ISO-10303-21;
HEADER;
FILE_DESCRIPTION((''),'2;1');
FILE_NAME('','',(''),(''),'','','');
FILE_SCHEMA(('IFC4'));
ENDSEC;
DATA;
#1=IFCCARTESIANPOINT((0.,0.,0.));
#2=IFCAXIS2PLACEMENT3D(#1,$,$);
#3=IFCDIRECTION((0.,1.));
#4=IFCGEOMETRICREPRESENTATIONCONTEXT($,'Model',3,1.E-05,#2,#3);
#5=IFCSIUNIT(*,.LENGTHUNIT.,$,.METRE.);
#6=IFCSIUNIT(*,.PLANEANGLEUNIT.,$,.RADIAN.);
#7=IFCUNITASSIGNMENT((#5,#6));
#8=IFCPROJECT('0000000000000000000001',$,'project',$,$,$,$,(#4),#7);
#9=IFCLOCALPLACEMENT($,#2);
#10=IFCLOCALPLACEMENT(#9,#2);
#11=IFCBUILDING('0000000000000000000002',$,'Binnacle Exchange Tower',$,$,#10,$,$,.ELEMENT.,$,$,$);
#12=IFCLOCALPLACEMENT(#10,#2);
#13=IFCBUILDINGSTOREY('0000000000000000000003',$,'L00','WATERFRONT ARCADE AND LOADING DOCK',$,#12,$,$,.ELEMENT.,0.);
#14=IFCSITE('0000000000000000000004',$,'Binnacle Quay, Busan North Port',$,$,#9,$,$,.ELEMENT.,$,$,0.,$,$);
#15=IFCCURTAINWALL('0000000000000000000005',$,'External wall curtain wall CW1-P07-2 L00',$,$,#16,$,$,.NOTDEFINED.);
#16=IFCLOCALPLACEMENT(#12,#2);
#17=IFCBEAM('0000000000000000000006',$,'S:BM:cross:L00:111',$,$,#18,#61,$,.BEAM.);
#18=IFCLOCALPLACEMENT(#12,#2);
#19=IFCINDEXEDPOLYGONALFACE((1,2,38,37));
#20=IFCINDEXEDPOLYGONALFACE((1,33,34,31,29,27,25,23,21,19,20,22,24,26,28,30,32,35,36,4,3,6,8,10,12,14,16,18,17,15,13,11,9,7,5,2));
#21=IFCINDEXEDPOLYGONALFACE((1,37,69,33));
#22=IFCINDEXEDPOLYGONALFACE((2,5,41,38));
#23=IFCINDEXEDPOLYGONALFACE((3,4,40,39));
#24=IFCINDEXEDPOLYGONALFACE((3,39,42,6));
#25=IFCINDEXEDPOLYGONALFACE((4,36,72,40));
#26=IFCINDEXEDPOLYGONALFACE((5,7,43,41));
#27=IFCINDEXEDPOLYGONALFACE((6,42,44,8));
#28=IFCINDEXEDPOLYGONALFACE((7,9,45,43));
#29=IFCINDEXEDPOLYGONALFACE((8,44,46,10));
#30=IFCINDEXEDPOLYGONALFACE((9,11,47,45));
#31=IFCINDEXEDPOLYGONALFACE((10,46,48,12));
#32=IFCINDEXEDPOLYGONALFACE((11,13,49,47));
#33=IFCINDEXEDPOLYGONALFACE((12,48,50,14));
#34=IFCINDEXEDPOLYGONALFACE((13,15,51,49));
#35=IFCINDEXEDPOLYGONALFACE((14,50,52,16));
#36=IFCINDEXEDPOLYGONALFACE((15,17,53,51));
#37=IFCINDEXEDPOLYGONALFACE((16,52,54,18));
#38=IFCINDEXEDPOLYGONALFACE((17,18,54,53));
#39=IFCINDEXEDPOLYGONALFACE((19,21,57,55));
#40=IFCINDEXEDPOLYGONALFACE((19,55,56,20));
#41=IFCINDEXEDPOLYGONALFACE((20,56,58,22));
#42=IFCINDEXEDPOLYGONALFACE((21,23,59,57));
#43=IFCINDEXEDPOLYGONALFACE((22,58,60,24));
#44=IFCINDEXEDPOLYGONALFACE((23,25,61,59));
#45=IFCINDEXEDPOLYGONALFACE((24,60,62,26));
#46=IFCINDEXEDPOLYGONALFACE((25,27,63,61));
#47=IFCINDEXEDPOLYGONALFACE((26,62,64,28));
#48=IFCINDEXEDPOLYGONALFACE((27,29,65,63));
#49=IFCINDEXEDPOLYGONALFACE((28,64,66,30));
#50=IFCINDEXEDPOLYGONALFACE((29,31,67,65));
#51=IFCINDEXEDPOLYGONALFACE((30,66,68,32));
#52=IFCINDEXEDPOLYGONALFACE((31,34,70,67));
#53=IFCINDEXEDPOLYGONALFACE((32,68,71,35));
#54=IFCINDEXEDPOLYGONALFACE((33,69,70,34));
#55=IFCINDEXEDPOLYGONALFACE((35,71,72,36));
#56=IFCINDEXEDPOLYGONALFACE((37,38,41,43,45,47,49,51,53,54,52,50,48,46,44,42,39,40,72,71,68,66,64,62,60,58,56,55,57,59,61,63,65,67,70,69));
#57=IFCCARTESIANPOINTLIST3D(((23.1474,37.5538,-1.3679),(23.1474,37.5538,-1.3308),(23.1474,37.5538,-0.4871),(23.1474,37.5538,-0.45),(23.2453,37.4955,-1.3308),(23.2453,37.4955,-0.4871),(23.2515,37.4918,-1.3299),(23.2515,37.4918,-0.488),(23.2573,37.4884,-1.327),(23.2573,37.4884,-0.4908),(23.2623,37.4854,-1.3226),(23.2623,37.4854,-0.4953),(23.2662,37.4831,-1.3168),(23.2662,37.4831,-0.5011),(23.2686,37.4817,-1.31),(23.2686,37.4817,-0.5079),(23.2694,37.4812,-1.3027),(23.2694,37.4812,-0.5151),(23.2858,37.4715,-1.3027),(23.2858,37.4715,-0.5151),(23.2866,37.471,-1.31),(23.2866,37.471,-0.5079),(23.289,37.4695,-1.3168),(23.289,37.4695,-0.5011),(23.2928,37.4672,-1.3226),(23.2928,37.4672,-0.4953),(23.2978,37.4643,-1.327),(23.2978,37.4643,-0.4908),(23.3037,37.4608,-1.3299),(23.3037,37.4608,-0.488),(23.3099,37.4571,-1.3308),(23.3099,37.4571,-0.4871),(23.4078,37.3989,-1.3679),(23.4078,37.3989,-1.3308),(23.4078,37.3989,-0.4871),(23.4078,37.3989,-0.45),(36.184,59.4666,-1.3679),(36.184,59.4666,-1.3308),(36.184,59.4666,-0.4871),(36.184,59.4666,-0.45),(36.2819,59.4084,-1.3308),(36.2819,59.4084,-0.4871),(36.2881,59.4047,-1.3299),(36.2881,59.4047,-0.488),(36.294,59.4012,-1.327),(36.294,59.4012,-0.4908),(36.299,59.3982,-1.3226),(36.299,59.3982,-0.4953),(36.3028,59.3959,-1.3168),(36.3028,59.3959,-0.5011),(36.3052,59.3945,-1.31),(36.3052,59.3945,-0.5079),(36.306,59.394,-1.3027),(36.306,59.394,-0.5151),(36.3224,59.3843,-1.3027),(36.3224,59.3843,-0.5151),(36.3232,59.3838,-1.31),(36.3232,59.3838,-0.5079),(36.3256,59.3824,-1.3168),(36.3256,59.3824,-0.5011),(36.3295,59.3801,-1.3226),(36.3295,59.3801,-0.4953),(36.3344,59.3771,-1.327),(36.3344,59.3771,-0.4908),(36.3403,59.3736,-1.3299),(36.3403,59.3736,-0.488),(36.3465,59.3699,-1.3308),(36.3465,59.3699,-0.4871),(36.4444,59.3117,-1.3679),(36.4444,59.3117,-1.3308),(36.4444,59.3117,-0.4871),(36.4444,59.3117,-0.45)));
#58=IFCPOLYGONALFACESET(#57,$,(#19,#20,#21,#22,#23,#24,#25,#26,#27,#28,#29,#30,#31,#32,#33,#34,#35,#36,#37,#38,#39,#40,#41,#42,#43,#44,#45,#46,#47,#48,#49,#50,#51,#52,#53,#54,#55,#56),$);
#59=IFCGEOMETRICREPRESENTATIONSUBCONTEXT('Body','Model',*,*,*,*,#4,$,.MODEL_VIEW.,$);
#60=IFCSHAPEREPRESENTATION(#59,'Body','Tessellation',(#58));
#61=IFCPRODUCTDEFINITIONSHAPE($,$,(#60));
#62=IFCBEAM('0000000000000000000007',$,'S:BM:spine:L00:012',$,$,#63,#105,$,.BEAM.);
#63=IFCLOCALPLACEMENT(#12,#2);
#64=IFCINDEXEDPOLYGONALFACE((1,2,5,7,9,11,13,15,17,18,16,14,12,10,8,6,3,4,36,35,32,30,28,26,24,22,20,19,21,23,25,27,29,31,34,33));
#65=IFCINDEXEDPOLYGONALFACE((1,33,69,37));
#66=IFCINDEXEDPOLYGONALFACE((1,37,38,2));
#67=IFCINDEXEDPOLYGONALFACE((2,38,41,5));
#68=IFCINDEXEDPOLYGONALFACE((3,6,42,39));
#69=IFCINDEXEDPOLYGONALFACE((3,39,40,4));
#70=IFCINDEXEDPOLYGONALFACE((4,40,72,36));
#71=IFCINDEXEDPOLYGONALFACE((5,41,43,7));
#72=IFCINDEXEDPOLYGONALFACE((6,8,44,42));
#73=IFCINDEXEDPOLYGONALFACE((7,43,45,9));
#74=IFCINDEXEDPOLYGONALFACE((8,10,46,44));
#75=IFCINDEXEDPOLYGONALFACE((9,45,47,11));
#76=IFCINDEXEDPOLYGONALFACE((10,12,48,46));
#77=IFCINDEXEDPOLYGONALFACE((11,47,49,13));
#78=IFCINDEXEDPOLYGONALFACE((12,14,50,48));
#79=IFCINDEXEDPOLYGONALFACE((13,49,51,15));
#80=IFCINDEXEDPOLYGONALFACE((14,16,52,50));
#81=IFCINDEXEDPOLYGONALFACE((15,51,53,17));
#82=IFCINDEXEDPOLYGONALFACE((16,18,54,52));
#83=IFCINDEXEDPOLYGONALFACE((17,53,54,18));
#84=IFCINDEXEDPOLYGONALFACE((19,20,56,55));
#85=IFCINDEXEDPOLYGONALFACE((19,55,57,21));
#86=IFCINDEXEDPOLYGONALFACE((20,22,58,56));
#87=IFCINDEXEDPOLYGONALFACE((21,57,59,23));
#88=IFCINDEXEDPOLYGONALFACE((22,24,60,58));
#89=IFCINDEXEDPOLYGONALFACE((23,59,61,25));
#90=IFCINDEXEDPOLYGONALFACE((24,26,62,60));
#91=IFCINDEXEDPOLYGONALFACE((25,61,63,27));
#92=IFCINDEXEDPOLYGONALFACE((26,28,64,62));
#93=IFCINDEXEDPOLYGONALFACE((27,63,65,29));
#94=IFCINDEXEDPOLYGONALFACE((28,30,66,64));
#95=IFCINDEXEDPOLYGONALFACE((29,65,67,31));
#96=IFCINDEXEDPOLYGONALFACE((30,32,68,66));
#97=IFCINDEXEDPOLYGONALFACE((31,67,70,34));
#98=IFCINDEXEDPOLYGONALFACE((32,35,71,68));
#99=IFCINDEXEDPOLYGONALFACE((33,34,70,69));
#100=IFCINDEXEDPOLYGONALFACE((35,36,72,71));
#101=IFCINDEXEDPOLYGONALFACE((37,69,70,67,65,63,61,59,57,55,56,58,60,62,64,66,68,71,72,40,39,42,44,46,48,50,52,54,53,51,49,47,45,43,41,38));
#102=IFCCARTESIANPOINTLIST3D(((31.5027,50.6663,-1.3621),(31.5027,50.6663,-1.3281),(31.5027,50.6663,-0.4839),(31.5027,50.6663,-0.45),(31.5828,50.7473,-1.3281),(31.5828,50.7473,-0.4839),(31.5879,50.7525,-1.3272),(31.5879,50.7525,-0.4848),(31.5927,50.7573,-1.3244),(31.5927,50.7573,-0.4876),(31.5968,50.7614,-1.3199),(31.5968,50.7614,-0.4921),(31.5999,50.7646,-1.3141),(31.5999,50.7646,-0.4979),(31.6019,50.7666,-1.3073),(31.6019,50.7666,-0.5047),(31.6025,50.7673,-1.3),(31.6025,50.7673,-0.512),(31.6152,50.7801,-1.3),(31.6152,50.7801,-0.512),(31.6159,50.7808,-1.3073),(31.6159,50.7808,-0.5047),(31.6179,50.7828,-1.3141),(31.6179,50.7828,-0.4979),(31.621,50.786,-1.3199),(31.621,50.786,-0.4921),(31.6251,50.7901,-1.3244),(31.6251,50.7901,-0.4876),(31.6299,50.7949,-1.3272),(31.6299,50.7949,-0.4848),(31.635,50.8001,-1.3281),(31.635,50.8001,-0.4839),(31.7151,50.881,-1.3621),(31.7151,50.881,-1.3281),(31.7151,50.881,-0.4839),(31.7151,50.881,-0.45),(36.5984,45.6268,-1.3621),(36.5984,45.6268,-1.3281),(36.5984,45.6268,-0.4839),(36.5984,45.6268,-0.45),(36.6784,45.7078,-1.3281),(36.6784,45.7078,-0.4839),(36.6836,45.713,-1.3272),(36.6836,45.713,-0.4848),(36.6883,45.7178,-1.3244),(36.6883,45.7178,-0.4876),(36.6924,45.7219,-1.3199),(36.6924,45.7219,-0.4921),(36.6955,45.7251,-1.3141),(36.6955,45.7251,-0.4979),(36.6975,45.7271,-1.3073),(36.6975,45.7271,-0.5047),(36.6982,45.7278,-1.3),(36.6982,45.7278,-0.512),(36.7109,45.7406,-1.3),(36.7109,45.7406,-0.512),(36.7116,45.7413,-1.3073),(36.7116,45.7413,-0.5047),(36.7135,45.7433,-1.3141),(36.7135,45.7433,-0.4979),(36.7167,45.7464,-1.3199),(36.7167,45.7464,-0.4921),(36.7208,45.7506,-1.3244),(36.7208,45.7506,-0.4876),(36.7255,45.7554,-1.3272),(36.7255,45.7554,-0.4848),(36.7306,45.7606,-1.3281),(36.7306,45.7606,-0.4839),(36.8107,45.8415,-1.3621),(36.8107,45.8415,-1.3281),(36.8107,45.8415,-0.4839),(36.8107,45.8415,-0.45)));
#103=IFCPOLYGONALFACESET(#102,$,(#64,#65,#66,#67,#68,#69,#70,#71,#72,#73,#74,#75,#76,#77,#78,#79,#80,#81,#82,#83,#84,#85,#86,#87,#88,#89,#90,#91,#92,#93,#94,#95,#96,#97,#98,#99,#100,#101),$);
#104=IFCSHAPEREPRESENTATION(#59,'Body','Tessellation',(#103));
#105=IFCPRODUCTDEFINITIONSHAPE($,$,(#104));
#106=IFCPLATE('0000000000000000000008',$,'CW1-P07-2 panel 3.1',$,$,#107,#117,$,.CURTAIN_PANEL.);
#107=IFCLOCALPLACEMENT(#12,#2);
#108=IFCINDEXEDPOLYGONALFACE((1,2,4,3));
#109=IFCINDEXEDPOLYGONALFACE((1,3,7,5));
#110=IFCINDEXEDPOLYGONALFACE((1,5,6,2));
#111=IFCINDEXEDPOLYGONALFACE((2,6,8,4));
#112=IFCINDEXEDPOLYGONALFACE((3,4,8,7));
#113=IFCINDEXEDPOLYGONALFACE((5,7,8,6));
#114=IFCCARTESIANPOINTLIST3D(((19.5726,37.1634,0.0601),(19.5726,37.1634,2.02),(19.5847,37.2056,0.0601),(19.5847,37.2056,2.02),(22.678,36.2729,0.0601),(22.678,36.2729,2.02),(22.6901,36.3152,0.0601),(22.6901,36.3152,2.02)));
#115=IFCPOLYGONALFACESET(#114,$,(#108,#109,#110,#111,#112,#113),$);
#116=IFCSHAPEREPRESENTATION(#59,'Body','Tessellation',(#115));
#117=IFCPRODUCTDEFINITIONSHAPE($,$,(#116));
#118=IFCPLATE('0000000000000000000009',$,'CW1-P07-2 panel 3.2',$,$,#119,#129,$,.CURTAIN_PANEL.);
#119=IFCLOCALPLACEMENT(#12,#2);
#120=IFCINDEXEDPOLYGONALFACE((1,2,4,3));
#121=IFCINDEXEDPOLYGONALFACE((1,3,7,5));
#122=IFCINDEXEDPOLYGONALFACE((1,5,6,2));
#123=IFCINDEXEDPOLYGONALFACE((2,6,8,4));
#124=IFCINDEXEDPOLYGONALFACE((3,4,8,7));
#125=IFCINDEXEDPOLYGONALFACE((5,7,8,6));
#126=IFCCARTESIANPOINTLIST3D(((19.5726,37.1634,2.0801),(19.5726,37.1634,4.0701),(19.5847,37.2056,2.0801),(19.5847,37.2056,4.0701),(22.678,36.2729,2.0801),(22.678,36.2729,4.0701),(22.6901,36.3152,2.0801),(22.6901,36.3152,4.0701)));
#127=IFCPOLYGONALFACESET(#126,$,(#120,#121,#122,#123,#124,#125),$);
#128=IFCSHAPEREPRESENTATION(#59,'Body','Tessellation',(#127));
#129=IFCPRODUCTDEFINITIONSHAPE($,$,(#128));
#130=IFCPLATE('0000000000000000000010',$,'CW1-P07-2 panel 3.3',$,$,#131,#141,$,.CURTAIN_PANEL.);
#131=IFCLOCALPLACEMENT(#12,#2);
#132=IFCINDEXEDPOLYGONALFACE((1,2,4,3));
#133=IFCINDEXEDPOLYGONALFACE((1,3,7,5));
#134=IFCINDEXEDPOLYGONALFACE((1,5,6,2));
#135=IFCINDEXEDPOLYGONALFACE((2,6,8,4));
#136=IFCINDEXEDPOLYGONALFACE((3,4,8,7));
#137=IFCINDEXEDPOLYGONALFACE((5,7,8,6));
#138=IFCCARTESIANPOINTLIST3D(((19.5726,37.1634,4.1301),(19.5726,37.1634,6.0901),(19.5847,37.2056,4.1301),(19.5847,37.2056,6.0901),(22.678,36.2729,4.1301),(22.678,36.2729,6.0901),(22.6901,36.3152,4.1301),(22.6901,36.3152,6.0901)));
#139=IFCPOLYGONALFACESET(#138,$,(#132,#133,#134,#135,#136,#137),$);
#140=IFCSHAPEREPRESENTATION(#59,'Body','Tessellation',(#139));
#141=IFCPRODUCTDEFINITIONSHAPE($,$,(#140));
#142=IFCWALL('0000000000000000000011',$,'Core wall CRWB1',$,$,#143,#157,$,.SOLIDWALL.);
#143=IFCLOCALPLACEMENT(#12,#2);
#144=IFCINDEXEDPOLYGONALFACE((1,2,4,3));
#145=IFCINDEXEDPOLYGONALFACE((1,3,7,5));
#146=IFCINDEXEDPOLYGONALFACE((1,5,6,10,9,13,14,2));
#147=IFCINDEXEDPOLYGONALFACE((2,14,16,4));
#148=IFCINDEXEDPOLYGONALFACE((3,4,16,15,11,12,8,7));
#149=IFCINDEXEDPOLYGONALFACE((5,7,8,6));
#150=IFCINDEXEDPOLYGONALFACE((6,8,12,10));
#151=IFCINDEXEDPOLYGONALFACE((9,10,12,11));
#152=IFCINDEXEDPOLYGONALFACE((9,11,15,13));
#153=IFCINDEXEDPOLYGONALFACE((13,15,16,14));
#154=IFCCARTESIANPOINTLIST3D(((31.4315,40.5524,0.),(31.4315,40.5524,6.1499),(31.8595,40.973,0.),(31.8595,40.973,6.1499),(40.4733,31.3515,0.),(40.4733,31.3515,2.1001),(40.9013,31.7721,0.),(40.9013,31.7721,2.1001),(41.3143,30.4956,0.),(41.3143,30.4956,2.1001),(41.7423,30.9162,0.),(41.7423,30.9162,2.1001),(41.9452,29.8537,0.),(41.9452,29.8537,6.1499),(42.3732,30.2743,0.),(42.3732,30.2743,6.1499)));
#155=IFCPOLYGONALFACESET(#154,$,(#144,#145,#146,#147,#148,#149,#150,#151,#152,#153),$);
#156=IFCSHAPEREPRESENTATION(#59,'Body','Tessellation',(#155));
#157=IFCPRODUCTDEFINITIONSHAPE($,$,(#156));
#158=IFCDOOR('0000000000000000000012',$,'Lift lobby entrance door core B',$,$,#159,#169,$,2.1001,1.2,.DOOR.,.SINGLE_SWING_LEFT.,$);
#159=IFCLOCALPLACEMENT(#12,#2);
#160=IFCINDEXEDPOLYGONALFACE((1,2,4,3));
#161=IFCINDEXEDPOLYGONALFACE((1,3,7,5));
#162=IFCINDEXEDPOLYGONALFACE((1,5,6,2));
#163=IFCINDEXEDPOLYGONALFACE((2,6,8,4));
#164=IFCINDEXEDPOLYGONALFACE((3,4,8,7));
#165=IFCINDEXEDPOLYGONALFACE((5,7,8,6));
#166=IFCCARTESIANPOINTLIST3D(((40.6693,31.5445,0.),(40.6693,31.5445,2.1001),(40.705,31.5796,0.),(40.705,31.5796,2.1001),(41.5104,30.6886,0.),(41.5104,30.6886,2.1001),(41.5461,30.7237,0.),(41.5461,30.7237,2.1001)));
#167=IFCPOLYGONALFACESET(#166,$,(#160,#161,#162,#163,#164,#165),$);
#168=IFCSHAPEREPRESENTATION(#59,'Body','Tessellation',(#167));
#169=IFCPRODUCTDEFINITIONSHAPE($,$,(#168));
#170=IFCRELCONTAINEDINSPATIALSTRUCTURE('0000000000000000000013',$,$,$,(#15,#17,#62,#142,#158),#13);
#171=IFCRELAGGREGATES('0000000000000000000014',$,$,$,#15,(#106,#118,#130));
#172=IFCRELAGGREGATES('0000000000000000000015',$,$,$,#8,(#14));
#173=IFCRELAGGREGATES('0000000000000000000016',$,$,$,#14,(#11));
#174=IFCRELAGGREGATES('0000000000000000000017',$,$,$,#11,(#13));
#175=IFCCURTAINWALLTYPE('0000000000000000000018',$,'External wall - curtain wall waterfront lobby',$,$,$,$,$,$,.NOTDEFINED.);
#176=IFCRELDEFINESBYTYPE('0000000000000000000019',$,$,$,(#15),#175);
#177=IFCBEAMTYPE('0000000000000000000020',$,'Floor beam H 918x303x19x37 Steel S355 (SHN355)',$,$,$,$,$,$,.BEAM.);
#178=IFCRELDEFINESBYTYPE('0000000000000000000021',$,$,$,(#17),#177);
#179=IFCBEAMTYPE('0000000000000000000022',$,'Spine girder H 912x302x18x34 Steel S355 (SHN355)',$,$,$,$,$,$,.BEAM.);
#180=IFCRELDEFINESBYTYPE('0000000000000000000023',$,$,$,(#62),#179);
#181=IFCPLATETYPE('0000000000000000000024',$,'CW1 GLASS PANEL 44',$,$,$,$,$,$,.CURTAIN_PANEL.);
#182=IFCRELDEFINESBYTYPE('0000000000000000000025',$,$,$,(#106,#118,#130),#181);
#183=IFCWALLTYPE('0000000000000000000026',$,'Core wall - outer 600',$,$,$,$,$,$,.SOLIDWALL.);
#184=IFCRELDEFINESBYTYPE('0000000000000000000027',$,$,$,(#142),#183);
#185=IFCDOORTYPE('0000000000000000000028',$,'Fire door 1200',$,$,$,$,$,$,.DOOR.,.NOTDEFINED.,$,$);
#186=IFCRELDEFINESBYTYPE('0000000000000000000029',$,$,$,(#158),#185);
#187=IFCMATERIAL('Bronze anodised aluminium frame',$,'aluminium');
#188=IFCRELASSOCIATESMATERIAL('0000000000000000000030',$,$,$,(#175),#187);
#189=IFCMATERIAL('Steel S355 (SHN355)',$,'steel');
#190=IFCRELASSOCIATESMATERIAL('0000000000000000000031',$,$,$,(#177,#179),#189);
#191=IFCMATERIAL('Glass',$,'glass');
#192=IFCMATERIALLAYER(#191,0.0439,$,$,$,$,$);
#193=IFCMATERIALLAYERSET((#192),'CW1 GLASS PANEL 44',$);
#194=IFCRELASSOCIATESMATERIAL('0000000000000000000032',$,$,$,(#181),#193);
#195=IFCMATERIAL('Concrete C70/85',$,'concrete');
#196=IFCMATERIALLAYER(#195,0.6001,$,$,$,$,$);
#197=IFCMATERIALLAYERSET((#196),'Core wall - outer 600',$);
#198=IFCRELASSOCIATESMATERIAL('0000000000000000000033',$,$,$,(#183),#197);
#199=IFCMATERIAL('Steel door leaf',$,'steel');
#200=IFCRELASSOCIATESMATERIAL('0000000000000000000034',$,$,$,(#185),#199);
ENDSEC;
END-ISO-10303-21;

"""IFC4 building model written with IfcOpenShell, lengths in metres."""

from ifc_helpers import new_model, si_unit, direction, frame, frame_2d, origin, origin_2d, place, context, subcontext, project, spatial, rectangle, i_section, extrude, material, layer, layer_set, material_profile, profile_set, type_object, element, fill, aggregate, save


model = new_model("IFC4")

# Units and contexts
model_context = context("Model", 3, precision=1e-05, world=origin(), true_north=direction((0.0, 1.0)))
body_context = subcontext(model_context, "Body", "Model", "MODEL_VIEW")
ifc_project = project(units=[si_unit("LENGTHUNIT", "METRE"), si_unit("PLANEANGLEUNIT", "RADIAN")], contexts=[model_context])

# Site, building, storey
site_placement = place(None, origin())
site = spatial("IfcSite", under=ifc_project, at=site_placement, Name="Binnacle Quay, Busan North Port", CompositionType="ELEMENT", RefElevation=0.0)
building_placement = place(site_placement, origin())
building = spatial("IfcBuilding", under=site, at=building_placement, Name="Binnacle Exchange Tower", CompositionType="ELEMENT")
storey_placement = place(building_placement, origin())
storey = spatial("IfcBuildingStorey", under=building, at=storey_placement, Name="L00", Description="WATERFRONT ARCADE AND LOADING DOCK", CompositionType="ELEMENT", Elevation=0.0)

# Shared definitions
ifc_material_1 = material(Name="Concrete C70/85", Category="concrete")

# Curtain wall
ifc_material_2 = material(Name="Bronze anodised aluminium frame", Category="aluminium")
curtain_wall_type = type_object("IfcCurtainWallType", Name="External wall - curtain wall waterfront lobby", PredefinedType="NOTDEFINED", material=ifc_material_2)
curtain_wall_placement = place(storey_placement, origin())
curtain_wall = element("IfcCurtainWall", 1, at=curtain_wall_placement, inside=storey, type_object=curtain_wall_type, Name="External wall curtain wall CW1-P07-2 L00", PredefinedType="NOTDEFINED")

# Beams
ifc_material_3 = material(Name="Steel S355 (SHN355)", Category="steel")
ifc_material_profile_1 = material_profile(ifc_material_3, i_section(OverallWidth=0.303, OverallDepth=0.918, WebThickness=0.019, FlangeThickness=0.0371, FilletRadius=0.0281, at=origin_2d()), Name="H 918x303x19x37")
ifc_profile_set_1 = profile_set([ifc_material_profile_1], Name="Steel S355 (SHN355)")
beam_type_1 = type_object("IfcBeamType", Name="Floor beam H 918x303x19x37 Steel S355 (SHN355)", PredefinedType="BEAM", material=ifc_profile_set_1)
beam_1_placement = place(storey_placement, frame((23.2776, 37.4763, -0.9089), z_axis=(0.511289, 0.859409, 0.0), x_axis=(-0.859409, 0.511289, 0.0)))
element("IfcBeam", 2, at=beam_1_placement, inside=storey, type_object=beam_type_1, Name="S:BM:cross:L00:111", PredefinedType="BEAM", context=body_context, shape_type="SweptSolid", body=[
    extrude(i_section(OverallWidth=0.303, OverallDepth=0.918, WebThickness=0.019, FlangeThickness=0.0371, FilletRadius=0.0281, at=origin_2d()), origin(), (0.0, 0.0, 1.0), 25.4976),
])
ifc_material_profile_2 = material_profile(ifc_material_3, i_section(OverallWidth=0.302, OverallDepth=0.9121, WebThickness=0.0181, FlangeThickness=0.0339, FilletRadius=0.0281, at=origin_2d()), Name="H 912x302x18x34")
ifc_profile_set_2 = profile_set([ifc_material_profile_2], Name="Steel S355 (SHN355)")
beam_type_2 = type_object("IfcBeamType", Name="Spine girder H 912x302x18x34 Steel S355 (SHN355)", PredefinedType="BEAM", material=ifc_profile_set_2)
beam_2_placement = place(storey_placement, frame((31.6089, 50.7737, -0.906), z_axis=(0.711013, -0.703178, 0.0), x_axis=(0.703178, 0.711013, 0.0)))
element("IfcBeam", 3, at=beam_2_placement, inside=storey, type_object=beam_type_2, Name="S:BM:spine:L00:012", PredefinedType="BEAM", context=body_context, shape_type="SweptSolid", body=[
    extrude(i_section(OverallWidth=0.302, OverallDepth=0.9121, WebThickness=0.0181, FlangeThickness=0.0339, FilletRadius=0.0281, at=origin_2d()), origin(), (0.0, 0.0, 1.0), 7.1667),
])

# Plates
ifc_material_4 = material(Name="Glass", Category="glass")
ifc_layer_1 = layer(ifc_material_4, 0.0439)
ifc_layer_set_1 = layer_set([ifc_layer_1], Name="CW1 GLASS PANEL 44")
plate_type = type_object("IfcPlateType", Name="CW1 GLASS PANEL 44", PredefinedType="CURTAIN_PANEL", material=ifc_layer_set_1)
plate_1_placement = place(storey_placement, frame((21.1313, 36.7393, 0.0601), z_axis=(0.0, 0.0, 1.0), x_axis=(0.961262, -0.275637, 0.0)))
plate_1 = element("IfcPlate", 4, at=plate_1_placement, type_object=plate_type, Name="CW1-P07-2 panel 3.1", PredefinedType="CURTAIN_PANEL", context=body_context, shape_type="SweptSolid", body=[
    extrude(rectangle(XDim=3.2305, YDim=0.0439, at=origin_2d()), origin(), (0.0, 0.0, 1.0), 1.96),
])
plate_2_placement = place(storey_placement, frame((21.1313, 36.7393, 2.0801), z_axis=(0.0, 0.0, 1.0), x_axis=(0.961262, -0.275637, 0.0)))
plate_2 = element("IfcPlate", 5, at=plate_2_placement, type_object=plate_type, Name="CW1-P07-2 panel 3.2", PredefinedType="CURTAIN_PANEL", context=body_context, shape_type="SweptSolid", body=[
    extrude(rectangle(XDim=3.2305, YDim=0.0439, at=origin_2d()), origin(), (0.0, 0.0, 1.0), 1.99),
])
plate_3_placement = place(storey_placement, frame((21.1313, 36.7393, 4.1301), z_axis=(0.0, 0.0, 1.0), x_axis=(0.961262, -0.275637, 0.0)))
plate_3 = element("IfcPlate", 6, at=plate_3_placement, type_object=plate_type, Name="CW1-P07-2 panel 3.3", PredefinedType="CURTAIN_PANEL", context=body_context, shape_type="SweptSolid", body=[
    extrude(rectangle(XDim=3.2305, YDim=0.0439, at=origin_2d()), origin(), (0.0, 0.0, 1.0), 1.96),
])
aggregate(curtain_wall, [plate_1, plate_2, plate_3])

# Wall, opening, door
ifc_layer_2 = layer(ifc_material_1, 0.6001)
ifc_layer_set_2 = layer_set([ifc_layer_2], Name="Core wall - outer 600")
wall_type_1 = type_object("IfcWallType", Name="Core wall - outer 600", PredefinedType="SOLIDWALL", material=ifc_layer_set_2)
wall_1_placement = place(storey_placement, frame((31.6455, 40.7627, 0.0), z_axis=(0.0, 0.0, 1.0), x_axis=(0.700911, -0.713248, 0.0)))
wall_1 = element("IfcWall", 7, at=wall_1_placement, inside=storey, type_object=wall_type_1, Name="Core wall CRWB1", PredefinedType="SOLIDWALL", context=body_context, shape_type="SweptSolid", body=[
    extrude(rectangle(XDim=15.0, YDim=0.6001, at=frame_2d((7.5, 0.0))), origin(), (0.0, 0.0, 1.0), 6.1499),
])
opening_1_placement = place(wall_1_placement, frame((12.8999, 0.0, 0.0)))
opening_1 = element("IfcOpeningElement", 8, at=opening_1_placement, cuts=wall_1, PredefinedType="OPENING", context=body_context, shape_type="SweptSolid", body=[
    extrude(rectangle(XDim=1.2, YDim=2.1001, at=frame_2d((0.6001, 1.05))), frame((0.0, 0.3101, 0.0), z_axis=(0.0, -1.0, 0.0), x_axis=(1.0, 0.0, 0.0)), (0.0, 0.0, 1.0), 0.6201),
])
ifc_material_5 = material(Name="Steel door leaf", Category="steel")
door_type_1 = type_object("IfcDoorType", Name="Fire door 1200", OperationType="NOTDEFINED", PredefinedType="DOOR", material=ifc_material_5)
door_1_placement = place(opening_1_placement, frame((1.2, 0.0, 0.0), z_axis=(0.0, 0.0, 1.0), x_axis=(-1.0, 0.0, 0.0)))
door_1 = element("IfcDoor", 9, at=door_1_placement, inside=storey, type_object=door_type_1, Name="Lift lobby entrance door core B", OperationType="SINGLE_SWING_LEFT", OverallHeight=2.1001, OverallWidth=1.2, PredefinedType="DOOR", context=body_context, shape_type="SweptSolid", body=[
    extrude(rectangle(XDim=1.2, YDim=2.1001, at=frame_2d((0.6001, 1.05))), frame((0.0, 0.0249, 0.0), z_axis=(0.0, -1.0, 0.0), x_axis=(1.0, 0.0, 0.0)), (0.0, 0.0, 1.0), 0.05),
])
fill(opening_1, door_1)

save(model, "model.ifc")
